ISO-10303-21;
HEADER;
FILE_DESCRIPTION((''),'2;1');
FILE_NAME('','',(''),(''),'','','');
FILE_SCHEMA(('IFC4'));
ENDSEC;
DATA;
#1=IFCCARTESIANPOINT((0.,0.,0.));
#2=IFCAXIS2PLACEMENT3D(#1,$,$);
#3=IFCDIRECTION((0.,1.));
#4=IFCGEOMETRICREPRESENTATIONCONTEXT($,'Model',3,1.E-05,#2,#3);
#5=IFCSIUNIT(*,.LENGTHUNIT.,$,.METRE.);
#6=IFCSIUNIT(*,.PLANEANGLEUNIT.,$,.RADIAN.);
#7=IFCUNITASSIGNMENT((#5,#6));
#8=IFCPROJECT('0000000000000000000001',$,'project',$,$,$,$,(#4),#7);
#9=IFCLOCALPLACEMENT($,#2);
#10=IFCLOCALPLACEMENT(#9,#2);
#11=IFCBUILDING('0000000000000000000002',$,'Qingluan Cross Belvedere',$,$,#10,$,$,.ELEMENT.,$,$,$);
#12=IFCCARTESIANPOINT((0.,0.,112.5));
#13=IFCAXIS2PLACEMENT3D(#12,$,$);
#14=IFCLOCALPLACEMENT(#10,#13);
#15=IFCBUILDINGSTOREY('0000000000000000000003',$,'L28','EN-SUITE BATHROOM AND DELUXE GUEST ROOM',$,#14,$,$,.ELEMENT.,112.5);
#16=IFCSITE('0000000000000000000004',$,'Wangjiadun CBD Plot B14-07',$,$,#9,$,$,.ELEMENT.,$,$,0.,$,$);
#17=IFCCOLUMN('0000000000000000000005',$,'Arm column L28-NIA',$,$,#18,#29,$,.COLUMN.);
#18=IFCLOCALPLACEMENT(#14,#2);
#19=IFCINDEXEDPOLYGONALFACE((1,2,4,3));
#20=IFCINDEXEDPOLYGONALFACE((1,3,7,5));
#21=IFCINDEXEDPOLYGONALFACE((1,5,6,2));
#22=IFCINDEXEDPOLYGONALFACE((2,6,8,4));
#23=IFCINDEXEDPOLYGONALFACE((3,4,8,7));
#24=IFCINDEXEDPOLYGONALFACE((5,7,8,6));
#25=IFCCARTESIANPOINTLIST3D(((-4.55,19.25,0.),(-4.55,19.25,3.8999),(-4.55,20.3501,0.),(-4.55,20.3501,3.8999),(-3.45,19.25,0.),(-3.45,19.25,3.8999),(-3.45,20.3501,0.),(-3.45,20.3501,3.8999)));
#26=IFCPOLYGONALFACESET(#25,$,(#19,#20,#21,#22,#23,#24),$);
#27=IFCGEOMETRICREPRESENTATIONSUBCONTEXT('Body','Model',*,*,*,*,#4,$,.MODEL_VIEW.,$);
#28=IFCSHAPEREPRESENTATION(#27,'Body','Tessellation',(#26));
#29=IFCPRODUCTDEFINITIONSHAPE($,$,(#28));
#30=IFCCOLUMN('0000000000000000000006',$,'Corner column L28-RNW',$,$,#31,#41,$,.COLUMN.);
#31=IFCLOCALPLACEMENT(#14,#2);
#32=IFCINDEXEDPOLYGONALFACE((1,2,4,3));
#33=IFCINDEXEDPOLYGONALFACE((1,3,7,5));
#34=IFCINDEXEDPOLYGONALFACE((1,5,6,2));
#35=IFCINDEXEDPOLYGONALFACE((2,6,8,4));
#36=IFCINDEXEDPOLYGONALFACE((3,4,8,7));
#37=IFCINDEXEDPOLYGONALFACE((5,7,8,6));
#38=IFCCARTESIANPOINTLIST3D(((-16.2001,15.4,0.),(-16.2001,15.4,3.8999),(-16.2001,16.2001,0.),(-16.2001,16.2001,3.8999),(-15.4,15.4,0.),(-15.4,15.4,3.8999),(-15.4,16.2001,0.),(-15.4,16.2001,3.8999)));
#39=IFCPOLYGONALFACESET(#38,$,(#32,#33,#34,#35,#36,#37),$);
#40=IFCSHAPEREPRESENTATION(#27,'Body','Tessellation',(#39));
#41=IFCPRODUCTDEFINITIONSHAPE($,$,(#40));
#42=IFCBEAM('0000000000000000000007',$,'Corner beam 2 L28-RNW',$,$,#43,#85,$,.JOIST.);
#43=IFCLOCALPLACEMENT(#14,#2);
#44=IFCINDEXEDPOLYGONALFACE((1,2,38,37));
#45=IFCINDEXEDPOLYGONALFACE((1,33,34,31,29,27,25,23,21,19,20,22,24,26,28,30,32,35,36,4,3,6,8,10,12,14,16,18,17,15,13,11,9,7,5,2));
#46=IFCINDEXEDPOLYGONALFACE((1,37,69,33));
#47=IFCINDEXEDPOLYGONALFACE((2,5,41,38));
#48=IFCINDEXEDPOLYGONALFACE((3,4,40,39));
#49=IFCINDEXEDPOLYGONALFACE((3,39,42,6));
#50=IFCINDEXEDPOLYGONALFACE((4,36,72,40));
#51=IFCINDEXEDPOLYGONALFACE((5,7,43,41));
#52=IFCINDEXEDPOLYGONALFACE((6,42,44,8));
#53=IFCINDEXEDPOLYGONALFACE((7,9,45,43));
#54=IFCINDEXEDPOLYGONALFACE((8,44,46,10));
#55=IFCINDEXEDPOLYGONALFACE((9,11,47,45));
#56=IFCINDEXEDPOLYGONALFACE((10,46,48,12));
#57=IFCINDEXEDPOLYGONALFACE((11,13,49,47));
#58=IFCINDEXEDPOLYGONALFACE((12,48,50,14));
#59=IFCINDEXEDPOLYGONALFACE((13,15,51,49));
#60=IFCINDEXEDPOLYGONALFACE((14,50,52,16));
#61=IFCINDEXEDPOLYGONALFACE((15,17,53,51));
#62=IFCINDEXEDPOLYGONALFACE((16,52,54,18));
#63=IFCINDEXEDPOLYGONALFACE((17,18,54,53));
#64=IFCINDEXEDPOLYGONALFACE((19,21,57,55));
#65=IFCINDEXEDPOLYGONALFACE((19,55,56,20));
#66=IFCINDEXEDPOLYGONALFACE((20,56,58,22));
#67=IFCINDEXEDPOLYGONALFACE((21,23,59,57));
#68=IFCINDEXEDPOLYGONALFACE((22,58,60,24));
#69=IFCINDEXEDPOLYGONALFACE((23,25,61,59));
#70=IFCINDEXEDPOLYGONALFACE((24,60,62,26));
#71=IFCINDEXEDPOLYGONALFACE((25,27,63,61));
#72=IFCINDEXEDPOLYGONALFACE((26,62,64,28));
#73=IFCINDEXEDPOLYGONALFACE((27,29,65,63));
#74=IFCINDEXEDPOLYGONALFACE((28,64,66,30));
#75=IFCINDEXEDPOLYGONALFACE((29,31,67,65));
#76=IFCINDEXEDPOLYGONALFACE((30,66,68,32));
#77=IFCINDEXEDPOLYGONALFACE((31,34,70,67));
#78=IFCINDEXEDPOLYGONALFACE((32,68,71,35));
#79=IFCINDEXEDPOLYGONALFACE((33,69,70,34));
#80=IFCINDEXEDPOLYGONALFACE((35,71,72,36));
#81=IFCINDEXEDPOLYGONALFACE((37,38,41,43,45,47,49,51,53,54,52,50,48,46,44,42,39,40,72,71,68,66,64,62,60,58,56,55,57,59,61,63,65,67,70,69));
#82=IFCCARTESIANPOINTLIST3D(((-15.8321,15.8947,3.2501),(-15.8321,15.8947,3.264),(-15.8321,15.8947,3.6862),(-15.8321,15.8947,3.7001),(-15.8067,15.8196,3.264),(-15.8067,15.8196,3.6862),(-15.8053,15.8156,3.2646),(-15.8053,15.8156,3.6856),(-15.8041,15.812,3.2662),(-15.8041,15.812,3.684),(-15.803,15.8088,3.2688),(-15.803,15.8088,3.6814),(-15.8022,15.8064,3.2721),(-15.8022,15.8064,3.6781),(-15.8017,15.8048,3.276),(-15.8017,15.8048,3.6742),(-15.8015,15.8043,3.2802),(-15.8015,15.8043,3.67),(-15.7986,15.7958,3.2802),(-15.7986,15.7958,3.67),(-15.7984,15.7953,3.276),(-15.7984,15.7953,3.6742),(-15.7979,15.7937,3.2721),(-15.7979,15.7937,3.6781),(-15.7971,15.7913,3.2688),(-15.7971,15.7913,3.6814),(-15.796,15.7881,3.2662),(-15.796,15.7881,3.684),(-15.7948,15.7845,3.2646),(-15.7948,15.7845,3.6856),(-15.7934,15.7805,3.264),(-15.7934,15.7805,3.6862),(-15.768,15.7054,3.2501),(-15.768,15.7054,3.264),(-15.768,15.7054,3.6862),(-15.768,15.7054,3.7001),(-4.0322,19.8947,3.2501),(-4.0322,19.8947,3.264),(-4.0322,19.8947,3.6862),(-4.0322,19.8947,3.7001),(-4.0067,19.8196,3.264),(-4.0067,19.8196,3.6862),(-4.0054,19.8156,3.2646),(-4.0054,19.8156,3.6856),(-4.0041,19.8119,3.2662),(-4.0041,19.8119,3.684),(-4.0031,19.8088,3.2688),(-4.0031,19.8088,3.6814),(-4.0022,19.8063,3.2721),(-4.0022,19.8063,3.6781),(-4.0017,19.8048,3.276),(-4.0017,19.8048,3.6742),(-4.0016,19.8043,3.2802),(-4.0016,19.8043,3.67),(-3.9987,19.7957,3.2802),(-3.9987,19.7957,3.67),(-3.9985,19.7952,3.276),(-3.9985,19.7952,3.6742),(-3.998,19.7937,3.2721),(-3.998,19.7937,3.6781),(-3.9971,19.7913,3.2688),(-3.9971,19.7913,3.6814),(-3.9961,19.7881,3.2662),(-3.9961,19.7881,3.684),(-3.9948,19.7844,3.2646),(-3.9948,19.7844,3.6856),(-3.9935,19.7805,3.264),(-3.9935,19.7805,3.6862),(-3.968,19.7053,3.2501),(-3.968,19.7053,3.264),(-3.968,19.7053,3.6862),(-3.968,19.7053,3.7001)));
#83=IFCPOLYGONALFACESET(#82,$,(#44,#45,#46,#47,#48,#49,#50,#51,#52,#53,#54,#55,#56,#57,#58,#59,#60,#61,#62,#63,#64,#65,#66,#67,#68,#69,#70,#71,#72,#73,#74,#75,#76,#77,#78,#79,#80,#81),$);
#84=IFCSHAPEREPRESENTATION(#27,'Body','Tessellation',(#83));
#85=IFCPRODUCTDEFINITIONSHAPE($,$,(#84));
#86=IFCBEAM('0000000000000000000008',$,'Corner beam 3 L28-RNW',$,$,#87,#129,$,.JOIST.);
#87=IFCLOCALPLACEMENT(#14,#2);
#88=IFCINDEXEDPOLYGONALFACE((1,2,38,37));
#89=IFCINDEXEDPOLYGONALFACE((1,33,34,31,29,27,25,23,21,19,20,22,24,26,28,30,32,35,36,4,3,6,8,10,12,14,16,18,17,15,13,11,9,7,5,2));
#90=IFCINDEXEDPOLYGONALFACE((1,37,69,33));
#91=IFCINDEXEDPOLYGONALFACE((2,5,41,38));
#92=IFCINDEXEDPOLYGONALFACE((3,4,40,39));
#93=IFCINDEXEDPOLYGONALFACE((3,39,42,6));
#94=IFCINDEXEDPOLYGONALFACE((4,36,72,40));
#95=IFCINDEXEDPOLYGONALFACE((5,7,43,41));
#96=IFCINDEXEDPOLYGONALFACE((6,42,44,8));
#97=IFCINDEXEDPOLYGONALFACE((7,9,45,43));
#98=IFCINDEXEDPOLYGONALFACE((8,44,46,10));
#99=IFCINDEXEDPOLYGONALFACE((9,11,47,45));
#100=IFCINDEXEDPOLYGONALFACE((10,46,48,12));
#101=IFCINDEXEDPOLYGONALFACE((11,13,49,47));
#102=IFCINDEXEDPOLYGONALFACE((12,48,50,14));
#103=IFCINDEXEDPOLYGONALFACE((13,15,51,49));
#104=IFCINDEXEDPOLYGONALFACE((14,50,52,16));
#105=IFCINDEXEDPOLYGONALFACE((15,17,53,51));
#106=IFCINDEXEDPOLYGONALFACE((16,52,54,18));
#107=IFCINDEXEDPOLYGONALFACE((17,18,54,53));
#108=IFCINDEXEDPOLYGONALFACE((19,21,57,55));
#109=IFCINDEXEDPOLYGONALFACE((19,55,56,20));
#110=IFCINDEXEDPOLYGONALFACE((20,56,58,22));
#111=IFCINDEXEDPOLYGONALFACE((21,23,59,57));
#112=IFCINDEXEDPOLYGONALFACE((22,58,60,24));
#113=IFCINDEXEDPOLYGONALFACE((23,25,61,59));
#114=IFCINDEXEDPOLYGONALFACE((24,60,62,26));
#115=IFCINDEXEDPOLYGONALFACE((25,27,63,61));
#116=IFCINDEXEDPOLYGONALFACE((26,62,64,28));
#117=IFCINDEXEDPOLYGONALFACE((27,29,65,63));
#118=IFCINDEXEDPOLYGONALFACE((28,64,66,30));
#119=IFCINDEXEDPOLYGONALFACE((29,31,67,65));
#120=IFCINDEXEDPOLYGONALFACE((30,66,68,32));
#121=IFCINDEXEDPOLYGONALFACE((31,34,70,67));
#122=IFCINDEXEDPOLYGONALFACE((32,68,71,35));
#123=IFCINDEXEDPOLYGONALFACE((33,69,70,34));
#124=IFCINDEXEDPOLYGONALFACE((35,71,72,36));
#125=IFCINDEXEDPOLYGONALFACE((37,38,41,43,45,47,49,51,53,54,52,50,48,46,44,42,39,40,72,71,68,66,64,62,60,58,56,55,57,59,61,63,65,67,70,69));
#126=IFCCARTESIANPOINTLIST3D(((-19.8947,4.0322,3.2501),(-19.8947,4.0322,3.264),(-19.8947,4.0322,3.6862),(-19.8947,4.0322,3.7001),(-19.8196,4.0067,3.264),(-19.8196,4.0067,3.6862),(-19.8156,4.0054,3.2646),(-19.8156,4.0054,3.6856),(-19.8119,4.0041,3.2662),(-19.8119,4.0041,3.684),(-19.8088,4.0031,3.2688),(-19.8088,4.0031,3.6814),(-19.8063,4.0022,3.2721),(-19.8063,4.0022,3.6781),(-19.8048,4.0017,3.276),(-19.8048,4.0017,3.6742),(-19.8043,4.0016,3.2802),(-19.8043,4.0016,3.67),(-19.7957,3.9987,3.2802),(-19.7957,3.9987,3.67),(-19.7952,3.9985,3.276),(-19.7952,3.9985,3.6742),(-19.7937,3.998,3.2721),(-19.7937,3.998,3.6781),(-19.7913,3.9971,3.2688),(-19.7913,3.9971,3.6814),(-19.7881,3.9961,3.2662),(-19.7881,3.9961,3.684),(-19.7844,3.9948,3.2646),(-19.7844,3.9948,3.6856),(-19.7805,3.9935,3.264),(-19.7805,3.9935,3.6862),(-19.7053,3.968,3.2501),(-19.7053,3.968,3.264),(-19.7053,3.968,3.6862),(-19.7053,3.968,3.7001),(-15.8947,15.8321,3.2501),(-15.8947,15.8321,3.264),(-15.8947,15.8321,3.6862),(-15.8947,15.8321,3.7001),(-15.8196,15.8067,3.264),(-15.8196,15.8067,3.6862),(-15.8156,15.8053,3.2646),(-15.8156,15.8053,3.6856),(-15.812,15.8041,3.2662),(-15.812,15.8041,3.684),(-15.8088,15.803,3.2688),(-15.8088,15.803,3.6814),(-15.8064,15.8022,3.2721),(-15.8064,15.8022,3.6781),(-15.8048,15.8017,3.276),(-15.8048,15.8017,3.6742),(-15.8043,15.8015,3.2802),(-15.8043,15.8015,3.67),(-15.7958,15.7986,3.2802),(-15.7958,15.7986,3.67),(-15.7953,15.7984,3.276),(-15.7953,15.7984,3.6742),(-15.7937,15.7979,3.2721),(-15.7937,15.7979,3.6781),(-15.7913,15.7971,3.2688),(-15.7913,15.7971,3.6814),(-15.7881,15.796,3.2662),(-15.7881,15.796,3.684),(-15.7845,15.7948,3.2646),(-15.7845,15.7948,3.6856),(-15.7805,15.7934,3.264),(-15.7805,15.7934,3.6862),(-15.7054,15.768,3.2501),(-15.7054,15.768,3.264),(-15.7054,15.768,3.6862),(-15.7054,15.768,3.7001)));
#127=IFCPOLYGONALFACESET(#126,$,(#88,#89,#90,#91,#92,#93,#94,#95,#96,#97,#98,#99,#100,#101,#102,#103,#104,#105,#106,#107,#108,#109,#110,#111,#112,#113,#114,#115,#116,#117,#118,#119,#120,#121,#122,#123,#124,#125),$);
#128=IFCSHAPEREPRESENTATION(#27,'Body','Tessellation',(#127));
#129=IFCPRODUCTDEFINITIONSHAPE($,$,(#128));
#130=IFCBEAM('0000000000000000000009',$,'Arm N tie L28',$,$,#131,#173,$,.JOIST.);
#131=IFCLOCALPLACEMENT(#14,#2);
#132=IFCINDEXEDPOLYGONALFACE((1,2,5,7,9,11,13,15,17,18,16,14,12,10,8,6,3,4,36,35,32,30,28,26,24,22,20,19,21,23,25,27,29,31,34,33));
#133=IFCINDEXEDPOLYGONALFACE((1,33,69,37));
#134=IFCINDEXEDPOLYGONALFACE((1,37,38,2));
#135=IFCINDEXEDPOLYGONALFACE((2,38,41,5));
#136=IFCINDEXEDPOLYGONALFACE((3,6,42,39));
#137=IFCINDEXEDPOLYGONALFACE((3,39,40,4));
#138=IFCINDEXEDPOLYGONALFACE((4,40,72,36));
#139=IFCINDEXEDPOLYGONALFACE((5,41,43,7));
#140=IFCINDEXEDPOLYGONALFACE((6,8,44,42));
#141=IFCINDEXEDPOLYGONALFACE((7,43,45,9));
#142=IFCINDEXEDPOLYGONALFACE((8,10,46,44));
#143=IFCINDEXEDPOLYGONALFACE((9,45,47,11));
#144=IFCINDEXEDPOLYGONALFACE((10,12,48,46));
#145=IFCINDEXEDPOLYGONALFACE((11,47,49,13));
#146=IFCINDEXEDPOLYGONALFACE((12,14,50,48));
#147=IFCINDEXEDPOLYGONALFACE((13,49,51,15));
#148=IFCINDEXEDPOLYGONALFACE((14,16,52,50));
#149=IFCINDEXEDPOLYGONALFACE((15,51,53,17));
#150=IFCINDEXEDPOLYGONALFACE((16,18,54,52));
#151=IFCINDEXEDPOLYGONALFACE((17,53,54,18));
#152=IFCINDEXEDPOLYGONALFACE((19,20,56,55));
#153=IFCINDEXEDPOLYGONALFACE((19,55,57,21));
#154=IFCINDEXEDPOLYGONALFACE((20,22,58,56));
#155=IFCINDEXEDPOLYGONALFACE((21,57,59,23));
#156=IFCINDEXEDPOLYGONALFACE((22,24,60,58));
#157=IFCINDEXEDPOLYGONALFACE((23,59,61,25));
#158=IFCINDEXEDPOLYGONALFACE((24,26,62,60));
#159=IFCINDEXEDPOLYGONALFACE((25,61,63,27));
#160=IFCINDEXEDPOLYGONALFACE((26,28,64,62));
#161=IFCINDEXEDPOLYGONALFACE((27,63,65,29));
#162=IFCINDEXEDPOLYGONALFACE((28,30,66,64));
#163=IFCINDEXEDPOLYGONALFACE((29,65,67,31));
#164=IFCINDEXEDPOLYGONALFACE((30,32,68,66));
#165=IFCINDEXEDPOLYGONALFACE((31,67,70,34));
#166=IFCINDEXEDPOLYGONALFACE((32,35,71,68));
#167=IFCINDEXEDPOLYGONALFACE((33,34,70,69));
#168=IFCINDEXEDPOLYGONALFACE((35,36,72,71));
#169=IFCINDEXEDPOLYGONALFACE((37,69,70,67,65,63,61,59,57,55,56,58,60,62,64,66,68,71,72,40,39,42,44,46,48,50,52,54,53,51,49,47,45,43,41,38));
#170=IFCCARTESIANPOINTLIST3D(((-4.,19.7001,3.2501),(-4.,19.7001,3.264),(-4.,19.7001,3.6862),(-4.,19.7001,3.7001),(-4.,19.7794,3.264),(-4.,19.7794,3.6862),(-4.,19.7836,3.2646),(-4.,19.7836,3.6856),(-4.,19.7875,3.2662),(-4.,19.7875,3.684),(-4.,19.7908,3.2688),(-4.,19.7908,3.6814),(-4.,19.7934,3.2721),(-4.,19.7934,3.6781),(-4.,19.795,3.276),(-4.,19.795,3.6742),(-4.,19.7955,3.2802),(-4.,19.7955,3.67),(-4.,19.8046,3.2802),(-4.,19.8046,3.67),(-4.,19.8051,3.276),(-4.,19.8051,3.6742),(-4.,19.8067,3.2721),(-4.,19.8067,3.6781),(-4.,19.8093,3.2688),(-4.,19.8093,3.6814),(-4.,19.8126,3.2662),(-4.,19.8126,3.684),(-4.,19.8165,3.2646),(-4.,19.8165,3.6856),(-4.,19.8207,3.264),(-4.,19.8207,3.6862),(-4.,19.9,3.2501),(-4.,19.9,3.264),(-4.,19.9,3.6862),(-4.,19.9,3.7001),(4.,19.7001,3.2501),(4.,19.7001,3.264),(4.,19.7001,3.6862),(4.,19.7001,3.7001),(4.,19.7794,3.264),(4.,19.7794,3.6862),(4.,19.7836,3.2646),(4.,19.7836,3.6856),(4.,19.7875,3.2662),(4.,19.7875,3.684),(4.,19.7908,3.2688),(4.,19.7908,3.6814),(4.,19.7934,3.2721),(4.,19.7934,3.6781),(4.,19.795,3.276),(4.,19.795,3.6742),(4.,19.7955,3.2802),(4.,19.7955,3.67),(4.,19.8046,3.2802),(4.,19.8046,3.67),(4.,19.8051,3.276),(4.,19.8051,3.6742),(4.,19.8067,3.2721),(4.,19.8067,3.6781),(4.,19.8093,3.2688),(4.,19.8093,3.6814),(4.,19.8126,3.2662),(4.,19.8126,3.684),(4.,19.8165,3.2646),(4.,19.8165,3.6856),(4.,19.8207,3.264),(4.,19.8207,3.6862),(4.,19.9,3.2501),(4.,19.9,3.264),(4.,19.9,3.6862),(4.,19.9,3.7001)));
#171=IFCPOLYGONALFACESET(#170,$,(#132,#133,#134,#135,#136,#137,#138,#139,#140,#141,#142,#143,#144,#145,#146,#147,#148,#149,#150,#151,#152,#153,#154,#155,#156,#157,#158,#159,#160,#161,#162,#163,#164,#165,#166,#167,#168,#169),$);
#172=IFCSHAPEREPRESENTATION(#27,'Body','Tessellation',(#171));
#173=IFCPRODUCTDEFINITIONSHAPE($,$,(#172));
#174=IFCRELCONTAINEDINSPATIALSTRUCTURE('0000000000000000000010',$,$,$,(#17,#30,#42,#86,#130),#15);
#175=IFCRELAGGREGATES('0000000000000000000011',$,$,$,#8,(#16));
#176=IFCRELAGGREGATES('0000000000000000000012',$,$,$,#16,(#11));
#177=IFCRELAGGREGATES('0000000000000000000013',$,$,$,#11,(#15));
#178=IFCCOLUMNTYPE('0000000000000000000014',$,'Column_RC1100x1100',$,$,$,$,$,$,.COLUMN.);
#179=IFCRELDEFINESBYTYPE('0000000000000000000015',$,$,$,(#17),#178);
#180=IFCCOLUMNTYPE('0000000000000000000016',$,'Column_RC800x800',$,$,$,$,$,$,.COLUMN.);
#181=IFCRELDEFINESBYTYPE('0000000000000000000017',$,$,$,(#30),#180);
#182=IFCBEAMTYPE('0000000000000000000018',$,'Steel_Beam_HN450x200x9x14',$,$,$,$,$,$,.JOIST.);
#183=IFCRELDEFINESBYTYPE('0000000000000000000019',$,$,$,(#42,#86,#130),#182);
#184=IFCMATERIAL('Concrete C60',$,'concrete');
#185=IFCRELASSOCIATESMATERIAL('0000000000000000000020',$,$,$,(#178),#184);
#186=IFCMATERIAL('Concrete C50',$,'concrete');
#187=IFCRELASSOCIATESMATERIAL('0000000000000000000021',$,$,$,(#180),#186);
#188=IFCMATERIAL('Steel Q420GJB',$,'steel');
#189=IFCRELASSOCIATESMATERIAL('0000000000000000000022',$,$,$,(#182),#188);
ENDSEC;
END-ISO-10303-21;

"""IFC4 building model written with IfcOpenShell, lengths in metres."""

from ifc_helpers import new_model, si_unit, direction, frame, origin, origin_2d, place, context, subcontext, project, spatial, rectangle, i_section, extrude, material, material_profile, profile_set, type_object, element, save


model = new_model("IFC4")

# Units and contexts
model_context = context("Model", 3, precision=1e-05, world=origin(), true_north=direction((0.0, 1.0)))
body_context = subcontext(model_context, "Body", "Model", "MODEL_VIEW")
ifc_project = project(units=[si_unit("LENGTHUNIT", "METRE"), si_unit("PLANEANGLEUNIT", "RADIAN")], contexts=[model_context])

# Site, building, storey
site_placement = place(None, origin())
site = spatial("IfcSite", under=ifc_project, at=site_placement, Name="Wangjiadun CBD Plot B14-07", CompositionType="ELEMENT", RefElevation=0.0)
building_placement = place(site_placement, origin())
building = spatial("IfcBuilding", under=site, at=building_placement, Name="Qingluan Cross Belvedere", CompositionType="ELEMENT")
storey_placement = place(building_placement, frame((0.0, 0.0, 112.5)))
storey = spatial("IfcBuildingStorey", under=building, at=storey_placement, Name="L28", Description="EN-SUITE BATHROOM AND DELUXE GUEST ROOM", CompositionType="ELEMENT", Elevation=112.5)

# Columns
ifc_material_1 = material(Name="Concrete C60", Category="concrete")
ifc_material_profile_1 = material_profile(ifc_material_1, rectangle(XDim=1.1001, YDim=1.1001, at=origin_2d()), Name="RC1100x1100")
ifc_profile_set_1 = profile_set([ifc_material_profile_1], Name="Concrete C60")
column_type_1 = type_object("IfcColumnType", Name="Column_RC1100x1100", PredefinedType="COLUMN", material=ifc_profile_set_1)
column_1_placement = place(storey_placement, frame((-4.0, 19.8, 0.0), z_axis=(0.0, 0.0, 1.0), x_axis=(1.0, 0.0, 0.0)))
element("IfcColumn", 1, at=column_1_placement, inside=storey, type_object=column_type_1, Name="Arm column L28-NIA", PredefinedType="COLUMN", context=body_context, shape_type="SweptSolid", body=[
    extrude(rectangle(XDim=1.1001, YDim=1.1001, at=origin_2d()), origin(), (0.0, 0.0, 1.0), 3.8999),
])
ifc_material_2 = material(Name="Concrete C50", Category="concrete")
ifc_material_profile_2 = material_profile(ifc_material_2, rectangle(XDim=0.8, YDim=0.8, at=origin_2d()), Name="RC800x800")
ifc_profile_set_2 = profile_set([ifc_material_profile_2], Name="Concrete C50")
column_type_2 = type_object("IfcColumnType", Name="Column_RC800x800", PredefinedType="COLUMN", material=ifc_profile_set_2)
column_2_placement = place(storey_placement, frame((-15.8, 15.8, 0.0), z_axis=(0.0, 0.0, 1.0), x_axis=(1.0, 0.0, 0.0)))
element("IfcColumn", 2, at=column_2_placement, inside=storey, type_object=column_type_2, Name="Corner column L28-RNW", PredefinedType="COLUMN", context=body_context, shape_type="SweptSolid", body=[
    extrude(rectangle(XDim=0.8, YDim=0.8, at=origin_2d()), origin(), (0.0, 0.0, 1.0), 3.8999),
])

# Beams
ifc_material_3 = material(Name="Steel Q420GJB", Category="steel")
ifc_material_profile_3 = material_profile(ifc_material_3, i_section(OverallWidth=0.2, OverallDepth=0.45, WebThickness=0.009, FlangeThickness=0.0139, FilletRadius=0.0161, at=origin_2d()), Name="HN450x200x9x14")
ifc_profile_set_3 = profile_set([ifc_material_profile_3], Name="Steel Q420GJB")
beam_type_1 = type_object("IfcBeamType", Name="Steel_Beam_HN450x200x9x14", PredefinedType="JOIST", material=ifc_profile_set_3)
for number, where, z_axis, x_axis, name in (
    (3, (-15.8, 15.8, 3.4751), (0.947066, 0.321038, 0.0), (-0.321038, 0.947066, 0.0), "Corner beam 2 L28-RNW"),
    (4, (-15.8, 15.8, 3.4751), (-0.321038, -0.947066, 0.0), (0.947066, -0.321038, 0.0), "Corner beam 3 L28-RNW"),
):
    element("IfcBeam", number, at=place(storey_placement, frame(where, z_axis=z_axis, x_axis=x_axis)), inside=storey, type_object=beam_type_1, Name=name, PredefinedType="JOIST", context=body_context, shape_type="SweptSolid", body=[
        extrude(i_section(OverallWidth=0.2, OverallDepth=0.45, WebThickness=0.009, FlangeThickness=0.0139, FilletRadius=0.0161, at=origin_2d()), origin(), (0.0, 0.0, 1.0), 12.4595),
    ])
for number, where, z_axis, x_axis, name in (
    (5, (-4.0, 19.8, 3.4751), (1.0, 0.0, 0.0), (0.0, 1.0, 0.0), "Arm N tie L28"),
):
    element("IfcBeam", number, at=place(storey_placement, frame(where, z_axis=z_axis, x_axis=x_axis)), inside=storey, type_object=beam_type_1, Name=name, PredefinedType="JOIST", context=body_context, shape_type="SweptSolid", body=[
        extrude(i_section(OverallWidth=0.2, OverallDepth=0.45, WebThickness=0.009, FlangeThickness=0.0139, FilletRadius=0.0161, at=origin_2d()), origin(), (0.0, 0.0, 1.0), 8.0),
    ])

save(model, "model.ifc")
